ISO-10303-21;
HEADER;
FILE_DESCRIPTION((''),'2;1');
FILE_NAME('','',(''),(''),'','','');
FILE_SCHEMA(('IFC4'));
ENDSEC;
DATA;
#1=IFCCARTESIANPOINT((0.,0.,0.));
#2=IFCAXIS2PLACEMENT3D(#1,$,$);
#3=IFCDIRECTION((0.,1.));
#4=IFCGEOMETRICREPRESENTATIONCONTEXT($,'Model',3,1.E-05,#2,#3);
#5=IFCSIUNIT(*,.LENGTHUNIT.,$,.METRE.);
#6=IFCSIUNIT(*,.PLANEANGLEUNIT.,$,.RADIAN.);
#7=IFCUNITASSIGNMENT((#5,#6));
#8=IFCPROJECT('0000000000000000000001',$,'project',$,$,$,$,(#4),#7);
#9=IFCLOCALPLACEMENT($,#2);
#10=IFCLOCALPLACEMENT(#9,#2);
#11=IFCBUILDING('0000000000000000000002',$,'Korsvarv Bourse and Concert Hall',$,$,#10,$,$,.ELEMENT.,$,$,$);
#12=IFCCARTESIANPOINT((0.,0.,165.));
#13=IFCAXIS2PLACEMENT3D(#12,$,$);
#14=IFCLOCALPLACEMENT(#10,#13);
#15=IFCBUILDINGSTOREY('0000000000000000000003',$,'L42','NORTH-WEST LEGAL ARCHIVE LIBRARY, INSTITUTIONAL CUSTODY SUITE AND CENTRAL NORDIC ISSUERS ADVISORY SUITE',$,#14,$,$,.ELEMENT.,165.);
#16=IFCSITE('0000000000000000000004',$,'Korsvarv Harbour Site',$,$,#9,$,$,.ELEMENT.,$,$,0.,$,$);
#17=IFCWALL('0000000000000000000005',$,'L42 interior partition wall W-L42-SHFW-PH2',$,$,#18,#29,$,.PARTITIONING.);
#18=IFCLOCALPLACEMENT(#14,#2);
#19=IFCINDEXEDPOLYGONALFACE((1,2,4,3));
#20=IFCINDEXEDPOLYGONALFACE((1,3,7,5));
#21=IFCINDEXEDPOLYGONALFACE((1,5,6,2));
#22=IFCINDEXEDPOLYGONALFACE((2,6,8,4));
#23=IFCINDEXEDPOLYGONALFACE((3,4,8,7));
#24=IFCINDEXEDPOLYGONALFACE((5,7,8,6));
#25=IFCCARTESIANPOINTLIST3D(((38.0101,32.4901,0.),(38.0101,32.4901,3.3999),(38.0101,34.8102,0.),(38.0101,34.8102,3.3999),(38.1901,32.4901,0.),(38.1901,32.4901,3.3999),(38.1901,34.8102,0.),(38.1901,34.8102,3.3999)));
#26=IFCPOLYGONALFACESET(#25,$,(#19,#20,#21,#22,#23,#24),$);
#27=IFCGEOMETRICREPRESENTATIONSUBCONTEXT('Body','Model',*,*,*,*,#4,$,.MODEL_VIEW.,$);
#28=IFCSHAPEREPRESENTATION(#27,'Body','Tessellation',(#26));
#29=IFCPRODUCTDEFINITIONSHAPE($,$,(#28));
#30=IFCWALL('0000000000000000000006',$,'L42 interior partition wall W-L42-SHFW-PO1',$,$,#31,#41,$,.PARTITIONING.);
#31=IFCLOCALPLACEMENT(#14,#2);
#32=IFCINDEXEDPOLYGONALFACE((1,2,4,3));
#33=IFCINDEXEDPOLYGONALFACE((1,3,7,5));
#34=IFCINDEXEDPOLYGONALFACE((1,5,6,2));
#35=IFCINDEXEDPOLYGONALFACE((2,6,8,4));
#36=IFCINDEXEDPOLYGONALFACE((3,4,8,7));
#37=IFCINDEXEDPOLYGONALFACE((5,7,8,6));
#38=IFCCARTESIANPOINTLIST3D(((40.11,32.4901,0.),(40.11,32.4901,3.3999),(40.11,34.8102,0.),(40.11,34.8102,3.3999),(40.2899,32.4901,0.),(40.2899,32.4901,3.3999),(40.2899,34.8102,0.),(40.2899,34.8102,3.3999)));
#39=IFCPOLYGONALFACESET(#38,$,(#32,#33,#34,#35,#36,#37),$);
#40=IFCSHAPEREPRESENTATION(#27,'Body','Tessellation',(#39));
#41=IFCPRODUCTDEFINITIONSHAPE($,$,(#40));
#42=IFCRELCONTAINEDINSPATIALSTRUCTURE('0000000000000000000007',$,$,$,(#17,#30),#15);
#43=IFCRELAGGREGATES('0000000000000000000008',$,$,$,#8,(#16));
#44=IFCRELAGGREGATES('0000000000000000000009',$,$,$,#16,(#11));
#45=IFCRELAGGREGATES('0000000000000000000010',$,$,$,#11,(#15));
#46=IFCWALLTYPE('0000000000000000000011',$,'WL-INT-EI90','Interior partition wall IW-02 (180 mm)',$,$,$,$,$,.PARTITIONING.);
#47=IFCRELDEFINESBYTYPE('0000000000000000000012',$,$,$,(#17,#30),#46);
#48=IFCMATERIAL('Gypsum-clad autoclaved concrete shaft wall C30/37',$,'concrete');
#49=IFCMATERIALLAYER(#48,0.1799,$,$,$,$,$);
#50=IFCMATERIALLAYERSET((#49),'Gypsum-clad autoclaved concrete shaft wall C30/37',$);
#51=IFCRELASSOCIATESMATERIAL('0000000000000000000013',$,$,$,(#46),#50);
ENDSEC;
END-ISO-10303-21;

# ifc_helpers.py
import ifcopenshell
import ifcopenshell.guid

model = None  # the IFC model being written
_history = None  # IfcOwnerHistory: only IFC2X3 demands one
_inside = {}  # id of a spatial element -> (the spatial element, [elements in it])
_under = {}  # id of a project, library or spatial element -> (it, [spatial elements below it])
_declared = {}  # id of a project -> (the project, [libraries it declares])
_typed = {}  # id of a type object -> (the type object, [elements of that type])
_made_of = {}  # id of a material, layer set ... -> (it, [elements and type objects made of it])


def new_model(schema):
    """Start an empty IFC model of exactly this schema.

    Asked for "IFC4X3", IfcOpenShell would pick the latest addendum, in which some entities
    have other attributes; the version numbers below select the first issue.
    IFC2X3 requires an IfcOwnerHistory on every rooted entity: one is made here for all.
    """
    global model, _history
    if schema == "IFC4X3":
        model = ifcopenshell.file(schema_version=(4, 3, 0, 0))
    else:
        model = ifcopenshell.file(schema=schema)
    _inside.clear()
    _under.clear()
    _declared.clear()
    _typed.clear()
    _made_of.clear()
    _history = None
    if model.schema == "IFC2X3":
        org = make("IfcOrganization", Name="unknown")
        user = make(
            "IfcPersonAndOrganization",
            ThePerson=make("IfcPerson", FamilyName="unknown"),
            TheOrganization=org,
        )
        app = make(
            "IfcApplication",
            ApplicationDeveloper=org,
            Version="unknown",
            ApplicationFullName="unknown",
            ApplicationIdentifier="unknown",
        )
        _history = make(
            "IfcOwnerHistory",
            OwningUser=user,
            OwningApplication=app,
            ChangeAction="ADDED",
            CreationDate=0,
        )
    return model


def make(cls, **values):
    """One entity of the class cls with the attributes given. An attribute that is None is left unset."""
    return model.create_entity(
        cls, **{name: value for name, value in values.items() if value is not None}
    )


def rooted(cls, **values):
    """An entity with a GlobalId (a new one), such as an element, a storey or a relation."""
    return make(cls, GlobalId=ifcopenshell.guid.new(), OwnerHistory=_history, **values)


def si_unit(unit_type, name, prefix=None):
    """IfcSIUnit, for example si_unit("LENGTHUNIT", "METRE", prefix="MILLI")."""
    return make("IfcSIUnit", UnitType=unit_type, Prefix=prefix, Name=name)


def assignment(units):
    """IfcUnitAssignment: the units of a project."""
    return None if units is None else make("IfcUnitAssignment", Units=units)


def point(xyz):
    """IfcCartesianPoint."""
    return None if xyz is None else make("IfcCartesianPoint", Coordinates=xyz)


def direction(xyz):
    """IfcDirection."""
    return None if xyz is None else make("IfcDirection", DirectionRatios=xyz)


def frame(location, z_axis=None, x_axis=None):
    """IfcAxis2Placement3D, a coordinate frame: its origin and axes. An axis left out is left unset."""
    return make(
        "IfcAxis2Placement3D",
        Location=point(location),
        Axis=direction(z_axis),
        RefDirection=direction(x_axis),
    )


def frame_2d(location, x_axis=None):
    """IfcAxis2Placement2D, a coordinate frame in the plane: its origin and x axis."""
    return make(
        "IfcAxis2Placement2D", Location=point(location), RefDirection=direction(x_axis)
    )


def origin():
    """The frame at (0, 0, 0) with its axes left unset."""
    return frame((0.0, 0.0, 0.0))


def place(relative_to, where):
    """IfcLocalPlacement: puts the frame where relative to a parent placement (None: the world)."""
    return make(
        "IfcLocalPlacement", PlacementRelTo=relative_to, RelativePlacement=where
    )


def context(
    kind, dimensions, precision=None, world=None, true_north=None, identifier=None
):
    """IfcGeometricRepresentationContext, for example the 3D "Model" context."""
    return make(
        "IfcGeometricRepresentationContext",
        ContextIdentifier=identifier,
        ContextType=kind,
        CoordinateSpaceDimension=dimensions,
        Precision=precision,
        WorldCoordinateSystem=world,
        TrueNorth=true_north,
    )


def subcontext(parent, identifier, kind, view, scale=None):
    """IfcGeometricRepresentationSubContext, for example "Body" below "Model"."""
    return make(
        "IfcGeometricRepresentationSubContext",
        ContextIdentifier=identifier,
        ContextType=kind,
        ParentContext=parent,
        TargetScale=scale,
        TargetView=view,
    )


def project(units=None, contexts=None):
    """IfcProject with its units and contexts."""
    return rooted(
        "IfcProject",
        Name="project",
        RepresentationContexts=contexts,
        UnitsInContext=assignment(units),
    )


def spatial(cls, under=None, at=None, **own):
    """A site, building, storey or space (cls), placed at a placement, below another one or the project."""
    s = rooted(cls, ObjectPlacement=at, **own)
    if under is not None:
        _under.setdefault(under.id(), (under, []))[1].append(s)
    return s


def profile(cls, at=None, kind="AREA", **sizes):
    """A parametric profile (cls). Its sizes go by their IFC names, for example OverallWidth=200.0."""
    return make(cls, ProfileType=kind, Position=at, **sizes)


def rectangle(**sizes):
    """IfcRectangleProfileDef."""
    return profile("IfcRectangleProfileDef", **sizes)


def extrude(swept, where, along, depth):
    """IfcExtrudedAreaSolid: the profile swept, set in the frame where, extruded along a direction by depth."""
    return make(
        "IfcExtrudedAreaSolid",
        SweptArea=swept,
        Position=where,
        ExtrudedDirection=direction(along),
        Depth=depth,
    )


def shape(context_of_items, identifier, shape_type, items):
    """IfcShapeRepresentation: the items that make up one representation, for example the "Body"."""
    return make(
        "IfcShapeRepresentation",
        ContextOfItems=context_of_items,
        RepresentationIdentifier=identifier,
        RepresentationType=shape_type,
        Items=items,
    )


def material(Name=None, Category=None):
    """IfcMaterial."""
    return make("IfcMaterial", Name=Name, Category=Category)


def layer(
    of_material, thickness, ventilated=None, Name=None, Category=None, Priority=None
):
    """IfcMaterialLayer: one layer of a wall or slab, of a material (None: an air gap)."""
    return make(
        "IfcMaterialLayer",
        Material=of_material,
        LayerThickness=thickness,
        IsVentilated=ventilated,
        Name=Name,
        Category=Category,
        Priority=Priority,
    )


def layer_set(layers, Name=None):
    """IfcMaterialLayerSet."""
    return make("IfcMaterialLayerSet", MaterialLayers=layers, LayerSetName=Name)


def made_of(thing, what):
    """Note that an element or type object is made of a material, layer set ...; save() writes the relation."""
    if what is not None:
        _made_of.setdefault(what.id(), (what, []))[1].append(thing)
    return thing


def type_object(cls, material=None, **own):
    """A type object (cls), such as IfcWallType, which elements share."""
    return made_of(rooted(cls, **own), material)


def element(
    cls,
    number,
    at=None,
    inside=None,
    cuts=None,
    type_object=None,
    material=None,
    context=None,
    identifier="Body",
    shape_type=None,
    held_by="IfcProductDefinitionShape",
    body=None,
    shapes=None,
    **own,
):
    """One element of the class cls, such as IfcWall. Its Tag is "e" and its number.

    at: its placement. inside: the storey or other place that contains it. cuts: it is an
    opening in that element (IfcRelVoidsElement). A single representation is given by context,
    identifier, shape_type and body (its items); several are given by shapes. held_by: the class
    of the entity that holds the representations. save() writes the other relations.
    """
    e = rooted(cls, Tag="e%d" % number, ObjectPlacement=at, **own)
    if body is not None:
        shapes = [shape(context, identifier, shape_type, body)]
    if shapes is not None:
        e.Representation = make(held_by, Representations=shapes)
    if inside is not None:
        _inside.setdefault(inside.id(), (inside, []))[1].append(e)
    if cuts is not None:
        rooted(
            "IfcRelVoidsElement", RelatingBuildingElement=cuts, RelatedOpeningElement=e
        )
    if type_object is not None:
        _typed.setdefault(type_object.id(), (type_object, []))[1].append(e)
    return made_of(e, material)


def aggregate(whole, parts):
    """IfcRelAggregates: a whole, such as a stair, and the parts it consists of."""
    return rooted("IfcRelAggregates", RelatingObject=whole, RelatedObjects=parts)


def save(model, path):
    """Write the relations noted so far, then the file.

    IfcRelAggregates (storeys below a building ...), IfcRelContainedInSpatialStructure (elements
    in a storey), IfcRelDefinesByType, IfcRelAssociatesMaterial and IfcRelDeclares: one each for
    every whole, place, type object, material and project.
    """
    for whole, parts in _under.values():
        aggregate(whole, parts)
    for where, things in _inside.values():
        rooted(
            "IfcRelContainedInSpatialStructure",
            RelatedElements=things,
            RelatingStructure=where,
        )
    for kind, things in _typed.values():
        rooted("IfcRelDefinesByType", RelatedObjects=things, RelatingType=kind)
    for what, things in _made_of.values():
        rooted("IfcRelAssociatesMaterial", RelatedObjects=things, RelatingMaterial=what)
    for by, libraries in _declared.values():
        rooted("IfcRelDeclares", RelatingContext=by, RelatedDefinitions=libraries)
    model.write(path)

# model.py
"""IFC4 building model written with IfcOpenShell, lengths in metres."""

from ifc_helpers import new_model, si_unit, direction, frame, frame_2d, origin, place, context, subcontext, project, spatial, rectangle, extrude, material, layer, layer_set, type_object, element, save


model = new_model("IFC4")

# Units and contexts
model_context = context("Model", 3, precision=1e-05, world=origin(), true_north=direction((0.0, 1.0)))
body_context = subcontext(model_context, "Body", "Model", "MODEL_VIEW")
ifc_project = project(units=[si_unit("LENGTHUNIT", "METRE"), si_unit("PLANEANGLEUNIT", "RADIAN")], contexts=[model_context])

# Site, building, storey
site_placement = place(None, origin())
site = spatial("IfcSite", under=ifc_project, at=site_placement, Name="Korsvarv Harbour Site", CompositionType="ELEMENT", RefElevation=0.0)
building_placement = place(site_placement, origin())
building = spatial("IfcBuilding", under=site, at=building_placement, Name="Korsvarv Bourse and Concert Hall", CompositionType="ELEMENT")
storey_placement = place(building_placement, frame((0.0, 0.0, 165.0)))
storey = spatial("IfcBuildingStorey", under=building, at=storey_placement, Name="L42", Description="NORTH-WEST LEGAL ARCHIVE LIBRARY, INSTITUTIONAL CUSTODY SUITE AND CENTRAL NORDIC ISSUERS ADVISORY SUITE", CompositionType="ELEMENT", Elevation=165.0)

# Shared definitions
ifc_material_1 = material(Name="Gypsum-clad autoclaved concrete shaft wall C30/37", Category="concrete")
ifc_layer_1 = layer(ifc_material_1, 0.1799)
ifc_layer_set_1 = layer_set([ifc_layer_1], Name="Gypsum-clad autoclaved concrete shaft wall C30/37")
wall_type_1 = type_object("IfcWallType", Name="WL-INT-EI90", Description="Interior partition wall IW-02 (180 mm)", PredefinedType="PARTITIONING", material=ifc_layer_set_1)

# Walls
for number, where, z_axis, x_axis, name in (
    (1, (38.1001, 32.49, 0.0), (0.0, 0.0, 1.0), (0.0, 1.0, 0.0), "L42 interior partition wall W-L42-SHFW-PH2"),
    (2, (40.2, 32.49, 0.0), (0.0, 0.0, 1.0), (0.0, 1.0, 0.0), "L42 interior partition wall W-L42-SHFW-PO1"),
):
    element("IfcWall", number, at=place(storey_placement, frame(where, z_axis=z_axis, x_axis=x_axis)), inside=storey, type_object=wall_type_1, Name=name, PredefinedType="PARTITIONING", context=body_context, shape_type="SweptSolid", body=[
        extrude(rectangle(XDim=2.3201, YDim=0.1799, at=frame_2d((1.1602, 0.0))), origin(), (0.0, 0.0, 1.0), 3.3999),
    ])

save(model, "model.ifc")
